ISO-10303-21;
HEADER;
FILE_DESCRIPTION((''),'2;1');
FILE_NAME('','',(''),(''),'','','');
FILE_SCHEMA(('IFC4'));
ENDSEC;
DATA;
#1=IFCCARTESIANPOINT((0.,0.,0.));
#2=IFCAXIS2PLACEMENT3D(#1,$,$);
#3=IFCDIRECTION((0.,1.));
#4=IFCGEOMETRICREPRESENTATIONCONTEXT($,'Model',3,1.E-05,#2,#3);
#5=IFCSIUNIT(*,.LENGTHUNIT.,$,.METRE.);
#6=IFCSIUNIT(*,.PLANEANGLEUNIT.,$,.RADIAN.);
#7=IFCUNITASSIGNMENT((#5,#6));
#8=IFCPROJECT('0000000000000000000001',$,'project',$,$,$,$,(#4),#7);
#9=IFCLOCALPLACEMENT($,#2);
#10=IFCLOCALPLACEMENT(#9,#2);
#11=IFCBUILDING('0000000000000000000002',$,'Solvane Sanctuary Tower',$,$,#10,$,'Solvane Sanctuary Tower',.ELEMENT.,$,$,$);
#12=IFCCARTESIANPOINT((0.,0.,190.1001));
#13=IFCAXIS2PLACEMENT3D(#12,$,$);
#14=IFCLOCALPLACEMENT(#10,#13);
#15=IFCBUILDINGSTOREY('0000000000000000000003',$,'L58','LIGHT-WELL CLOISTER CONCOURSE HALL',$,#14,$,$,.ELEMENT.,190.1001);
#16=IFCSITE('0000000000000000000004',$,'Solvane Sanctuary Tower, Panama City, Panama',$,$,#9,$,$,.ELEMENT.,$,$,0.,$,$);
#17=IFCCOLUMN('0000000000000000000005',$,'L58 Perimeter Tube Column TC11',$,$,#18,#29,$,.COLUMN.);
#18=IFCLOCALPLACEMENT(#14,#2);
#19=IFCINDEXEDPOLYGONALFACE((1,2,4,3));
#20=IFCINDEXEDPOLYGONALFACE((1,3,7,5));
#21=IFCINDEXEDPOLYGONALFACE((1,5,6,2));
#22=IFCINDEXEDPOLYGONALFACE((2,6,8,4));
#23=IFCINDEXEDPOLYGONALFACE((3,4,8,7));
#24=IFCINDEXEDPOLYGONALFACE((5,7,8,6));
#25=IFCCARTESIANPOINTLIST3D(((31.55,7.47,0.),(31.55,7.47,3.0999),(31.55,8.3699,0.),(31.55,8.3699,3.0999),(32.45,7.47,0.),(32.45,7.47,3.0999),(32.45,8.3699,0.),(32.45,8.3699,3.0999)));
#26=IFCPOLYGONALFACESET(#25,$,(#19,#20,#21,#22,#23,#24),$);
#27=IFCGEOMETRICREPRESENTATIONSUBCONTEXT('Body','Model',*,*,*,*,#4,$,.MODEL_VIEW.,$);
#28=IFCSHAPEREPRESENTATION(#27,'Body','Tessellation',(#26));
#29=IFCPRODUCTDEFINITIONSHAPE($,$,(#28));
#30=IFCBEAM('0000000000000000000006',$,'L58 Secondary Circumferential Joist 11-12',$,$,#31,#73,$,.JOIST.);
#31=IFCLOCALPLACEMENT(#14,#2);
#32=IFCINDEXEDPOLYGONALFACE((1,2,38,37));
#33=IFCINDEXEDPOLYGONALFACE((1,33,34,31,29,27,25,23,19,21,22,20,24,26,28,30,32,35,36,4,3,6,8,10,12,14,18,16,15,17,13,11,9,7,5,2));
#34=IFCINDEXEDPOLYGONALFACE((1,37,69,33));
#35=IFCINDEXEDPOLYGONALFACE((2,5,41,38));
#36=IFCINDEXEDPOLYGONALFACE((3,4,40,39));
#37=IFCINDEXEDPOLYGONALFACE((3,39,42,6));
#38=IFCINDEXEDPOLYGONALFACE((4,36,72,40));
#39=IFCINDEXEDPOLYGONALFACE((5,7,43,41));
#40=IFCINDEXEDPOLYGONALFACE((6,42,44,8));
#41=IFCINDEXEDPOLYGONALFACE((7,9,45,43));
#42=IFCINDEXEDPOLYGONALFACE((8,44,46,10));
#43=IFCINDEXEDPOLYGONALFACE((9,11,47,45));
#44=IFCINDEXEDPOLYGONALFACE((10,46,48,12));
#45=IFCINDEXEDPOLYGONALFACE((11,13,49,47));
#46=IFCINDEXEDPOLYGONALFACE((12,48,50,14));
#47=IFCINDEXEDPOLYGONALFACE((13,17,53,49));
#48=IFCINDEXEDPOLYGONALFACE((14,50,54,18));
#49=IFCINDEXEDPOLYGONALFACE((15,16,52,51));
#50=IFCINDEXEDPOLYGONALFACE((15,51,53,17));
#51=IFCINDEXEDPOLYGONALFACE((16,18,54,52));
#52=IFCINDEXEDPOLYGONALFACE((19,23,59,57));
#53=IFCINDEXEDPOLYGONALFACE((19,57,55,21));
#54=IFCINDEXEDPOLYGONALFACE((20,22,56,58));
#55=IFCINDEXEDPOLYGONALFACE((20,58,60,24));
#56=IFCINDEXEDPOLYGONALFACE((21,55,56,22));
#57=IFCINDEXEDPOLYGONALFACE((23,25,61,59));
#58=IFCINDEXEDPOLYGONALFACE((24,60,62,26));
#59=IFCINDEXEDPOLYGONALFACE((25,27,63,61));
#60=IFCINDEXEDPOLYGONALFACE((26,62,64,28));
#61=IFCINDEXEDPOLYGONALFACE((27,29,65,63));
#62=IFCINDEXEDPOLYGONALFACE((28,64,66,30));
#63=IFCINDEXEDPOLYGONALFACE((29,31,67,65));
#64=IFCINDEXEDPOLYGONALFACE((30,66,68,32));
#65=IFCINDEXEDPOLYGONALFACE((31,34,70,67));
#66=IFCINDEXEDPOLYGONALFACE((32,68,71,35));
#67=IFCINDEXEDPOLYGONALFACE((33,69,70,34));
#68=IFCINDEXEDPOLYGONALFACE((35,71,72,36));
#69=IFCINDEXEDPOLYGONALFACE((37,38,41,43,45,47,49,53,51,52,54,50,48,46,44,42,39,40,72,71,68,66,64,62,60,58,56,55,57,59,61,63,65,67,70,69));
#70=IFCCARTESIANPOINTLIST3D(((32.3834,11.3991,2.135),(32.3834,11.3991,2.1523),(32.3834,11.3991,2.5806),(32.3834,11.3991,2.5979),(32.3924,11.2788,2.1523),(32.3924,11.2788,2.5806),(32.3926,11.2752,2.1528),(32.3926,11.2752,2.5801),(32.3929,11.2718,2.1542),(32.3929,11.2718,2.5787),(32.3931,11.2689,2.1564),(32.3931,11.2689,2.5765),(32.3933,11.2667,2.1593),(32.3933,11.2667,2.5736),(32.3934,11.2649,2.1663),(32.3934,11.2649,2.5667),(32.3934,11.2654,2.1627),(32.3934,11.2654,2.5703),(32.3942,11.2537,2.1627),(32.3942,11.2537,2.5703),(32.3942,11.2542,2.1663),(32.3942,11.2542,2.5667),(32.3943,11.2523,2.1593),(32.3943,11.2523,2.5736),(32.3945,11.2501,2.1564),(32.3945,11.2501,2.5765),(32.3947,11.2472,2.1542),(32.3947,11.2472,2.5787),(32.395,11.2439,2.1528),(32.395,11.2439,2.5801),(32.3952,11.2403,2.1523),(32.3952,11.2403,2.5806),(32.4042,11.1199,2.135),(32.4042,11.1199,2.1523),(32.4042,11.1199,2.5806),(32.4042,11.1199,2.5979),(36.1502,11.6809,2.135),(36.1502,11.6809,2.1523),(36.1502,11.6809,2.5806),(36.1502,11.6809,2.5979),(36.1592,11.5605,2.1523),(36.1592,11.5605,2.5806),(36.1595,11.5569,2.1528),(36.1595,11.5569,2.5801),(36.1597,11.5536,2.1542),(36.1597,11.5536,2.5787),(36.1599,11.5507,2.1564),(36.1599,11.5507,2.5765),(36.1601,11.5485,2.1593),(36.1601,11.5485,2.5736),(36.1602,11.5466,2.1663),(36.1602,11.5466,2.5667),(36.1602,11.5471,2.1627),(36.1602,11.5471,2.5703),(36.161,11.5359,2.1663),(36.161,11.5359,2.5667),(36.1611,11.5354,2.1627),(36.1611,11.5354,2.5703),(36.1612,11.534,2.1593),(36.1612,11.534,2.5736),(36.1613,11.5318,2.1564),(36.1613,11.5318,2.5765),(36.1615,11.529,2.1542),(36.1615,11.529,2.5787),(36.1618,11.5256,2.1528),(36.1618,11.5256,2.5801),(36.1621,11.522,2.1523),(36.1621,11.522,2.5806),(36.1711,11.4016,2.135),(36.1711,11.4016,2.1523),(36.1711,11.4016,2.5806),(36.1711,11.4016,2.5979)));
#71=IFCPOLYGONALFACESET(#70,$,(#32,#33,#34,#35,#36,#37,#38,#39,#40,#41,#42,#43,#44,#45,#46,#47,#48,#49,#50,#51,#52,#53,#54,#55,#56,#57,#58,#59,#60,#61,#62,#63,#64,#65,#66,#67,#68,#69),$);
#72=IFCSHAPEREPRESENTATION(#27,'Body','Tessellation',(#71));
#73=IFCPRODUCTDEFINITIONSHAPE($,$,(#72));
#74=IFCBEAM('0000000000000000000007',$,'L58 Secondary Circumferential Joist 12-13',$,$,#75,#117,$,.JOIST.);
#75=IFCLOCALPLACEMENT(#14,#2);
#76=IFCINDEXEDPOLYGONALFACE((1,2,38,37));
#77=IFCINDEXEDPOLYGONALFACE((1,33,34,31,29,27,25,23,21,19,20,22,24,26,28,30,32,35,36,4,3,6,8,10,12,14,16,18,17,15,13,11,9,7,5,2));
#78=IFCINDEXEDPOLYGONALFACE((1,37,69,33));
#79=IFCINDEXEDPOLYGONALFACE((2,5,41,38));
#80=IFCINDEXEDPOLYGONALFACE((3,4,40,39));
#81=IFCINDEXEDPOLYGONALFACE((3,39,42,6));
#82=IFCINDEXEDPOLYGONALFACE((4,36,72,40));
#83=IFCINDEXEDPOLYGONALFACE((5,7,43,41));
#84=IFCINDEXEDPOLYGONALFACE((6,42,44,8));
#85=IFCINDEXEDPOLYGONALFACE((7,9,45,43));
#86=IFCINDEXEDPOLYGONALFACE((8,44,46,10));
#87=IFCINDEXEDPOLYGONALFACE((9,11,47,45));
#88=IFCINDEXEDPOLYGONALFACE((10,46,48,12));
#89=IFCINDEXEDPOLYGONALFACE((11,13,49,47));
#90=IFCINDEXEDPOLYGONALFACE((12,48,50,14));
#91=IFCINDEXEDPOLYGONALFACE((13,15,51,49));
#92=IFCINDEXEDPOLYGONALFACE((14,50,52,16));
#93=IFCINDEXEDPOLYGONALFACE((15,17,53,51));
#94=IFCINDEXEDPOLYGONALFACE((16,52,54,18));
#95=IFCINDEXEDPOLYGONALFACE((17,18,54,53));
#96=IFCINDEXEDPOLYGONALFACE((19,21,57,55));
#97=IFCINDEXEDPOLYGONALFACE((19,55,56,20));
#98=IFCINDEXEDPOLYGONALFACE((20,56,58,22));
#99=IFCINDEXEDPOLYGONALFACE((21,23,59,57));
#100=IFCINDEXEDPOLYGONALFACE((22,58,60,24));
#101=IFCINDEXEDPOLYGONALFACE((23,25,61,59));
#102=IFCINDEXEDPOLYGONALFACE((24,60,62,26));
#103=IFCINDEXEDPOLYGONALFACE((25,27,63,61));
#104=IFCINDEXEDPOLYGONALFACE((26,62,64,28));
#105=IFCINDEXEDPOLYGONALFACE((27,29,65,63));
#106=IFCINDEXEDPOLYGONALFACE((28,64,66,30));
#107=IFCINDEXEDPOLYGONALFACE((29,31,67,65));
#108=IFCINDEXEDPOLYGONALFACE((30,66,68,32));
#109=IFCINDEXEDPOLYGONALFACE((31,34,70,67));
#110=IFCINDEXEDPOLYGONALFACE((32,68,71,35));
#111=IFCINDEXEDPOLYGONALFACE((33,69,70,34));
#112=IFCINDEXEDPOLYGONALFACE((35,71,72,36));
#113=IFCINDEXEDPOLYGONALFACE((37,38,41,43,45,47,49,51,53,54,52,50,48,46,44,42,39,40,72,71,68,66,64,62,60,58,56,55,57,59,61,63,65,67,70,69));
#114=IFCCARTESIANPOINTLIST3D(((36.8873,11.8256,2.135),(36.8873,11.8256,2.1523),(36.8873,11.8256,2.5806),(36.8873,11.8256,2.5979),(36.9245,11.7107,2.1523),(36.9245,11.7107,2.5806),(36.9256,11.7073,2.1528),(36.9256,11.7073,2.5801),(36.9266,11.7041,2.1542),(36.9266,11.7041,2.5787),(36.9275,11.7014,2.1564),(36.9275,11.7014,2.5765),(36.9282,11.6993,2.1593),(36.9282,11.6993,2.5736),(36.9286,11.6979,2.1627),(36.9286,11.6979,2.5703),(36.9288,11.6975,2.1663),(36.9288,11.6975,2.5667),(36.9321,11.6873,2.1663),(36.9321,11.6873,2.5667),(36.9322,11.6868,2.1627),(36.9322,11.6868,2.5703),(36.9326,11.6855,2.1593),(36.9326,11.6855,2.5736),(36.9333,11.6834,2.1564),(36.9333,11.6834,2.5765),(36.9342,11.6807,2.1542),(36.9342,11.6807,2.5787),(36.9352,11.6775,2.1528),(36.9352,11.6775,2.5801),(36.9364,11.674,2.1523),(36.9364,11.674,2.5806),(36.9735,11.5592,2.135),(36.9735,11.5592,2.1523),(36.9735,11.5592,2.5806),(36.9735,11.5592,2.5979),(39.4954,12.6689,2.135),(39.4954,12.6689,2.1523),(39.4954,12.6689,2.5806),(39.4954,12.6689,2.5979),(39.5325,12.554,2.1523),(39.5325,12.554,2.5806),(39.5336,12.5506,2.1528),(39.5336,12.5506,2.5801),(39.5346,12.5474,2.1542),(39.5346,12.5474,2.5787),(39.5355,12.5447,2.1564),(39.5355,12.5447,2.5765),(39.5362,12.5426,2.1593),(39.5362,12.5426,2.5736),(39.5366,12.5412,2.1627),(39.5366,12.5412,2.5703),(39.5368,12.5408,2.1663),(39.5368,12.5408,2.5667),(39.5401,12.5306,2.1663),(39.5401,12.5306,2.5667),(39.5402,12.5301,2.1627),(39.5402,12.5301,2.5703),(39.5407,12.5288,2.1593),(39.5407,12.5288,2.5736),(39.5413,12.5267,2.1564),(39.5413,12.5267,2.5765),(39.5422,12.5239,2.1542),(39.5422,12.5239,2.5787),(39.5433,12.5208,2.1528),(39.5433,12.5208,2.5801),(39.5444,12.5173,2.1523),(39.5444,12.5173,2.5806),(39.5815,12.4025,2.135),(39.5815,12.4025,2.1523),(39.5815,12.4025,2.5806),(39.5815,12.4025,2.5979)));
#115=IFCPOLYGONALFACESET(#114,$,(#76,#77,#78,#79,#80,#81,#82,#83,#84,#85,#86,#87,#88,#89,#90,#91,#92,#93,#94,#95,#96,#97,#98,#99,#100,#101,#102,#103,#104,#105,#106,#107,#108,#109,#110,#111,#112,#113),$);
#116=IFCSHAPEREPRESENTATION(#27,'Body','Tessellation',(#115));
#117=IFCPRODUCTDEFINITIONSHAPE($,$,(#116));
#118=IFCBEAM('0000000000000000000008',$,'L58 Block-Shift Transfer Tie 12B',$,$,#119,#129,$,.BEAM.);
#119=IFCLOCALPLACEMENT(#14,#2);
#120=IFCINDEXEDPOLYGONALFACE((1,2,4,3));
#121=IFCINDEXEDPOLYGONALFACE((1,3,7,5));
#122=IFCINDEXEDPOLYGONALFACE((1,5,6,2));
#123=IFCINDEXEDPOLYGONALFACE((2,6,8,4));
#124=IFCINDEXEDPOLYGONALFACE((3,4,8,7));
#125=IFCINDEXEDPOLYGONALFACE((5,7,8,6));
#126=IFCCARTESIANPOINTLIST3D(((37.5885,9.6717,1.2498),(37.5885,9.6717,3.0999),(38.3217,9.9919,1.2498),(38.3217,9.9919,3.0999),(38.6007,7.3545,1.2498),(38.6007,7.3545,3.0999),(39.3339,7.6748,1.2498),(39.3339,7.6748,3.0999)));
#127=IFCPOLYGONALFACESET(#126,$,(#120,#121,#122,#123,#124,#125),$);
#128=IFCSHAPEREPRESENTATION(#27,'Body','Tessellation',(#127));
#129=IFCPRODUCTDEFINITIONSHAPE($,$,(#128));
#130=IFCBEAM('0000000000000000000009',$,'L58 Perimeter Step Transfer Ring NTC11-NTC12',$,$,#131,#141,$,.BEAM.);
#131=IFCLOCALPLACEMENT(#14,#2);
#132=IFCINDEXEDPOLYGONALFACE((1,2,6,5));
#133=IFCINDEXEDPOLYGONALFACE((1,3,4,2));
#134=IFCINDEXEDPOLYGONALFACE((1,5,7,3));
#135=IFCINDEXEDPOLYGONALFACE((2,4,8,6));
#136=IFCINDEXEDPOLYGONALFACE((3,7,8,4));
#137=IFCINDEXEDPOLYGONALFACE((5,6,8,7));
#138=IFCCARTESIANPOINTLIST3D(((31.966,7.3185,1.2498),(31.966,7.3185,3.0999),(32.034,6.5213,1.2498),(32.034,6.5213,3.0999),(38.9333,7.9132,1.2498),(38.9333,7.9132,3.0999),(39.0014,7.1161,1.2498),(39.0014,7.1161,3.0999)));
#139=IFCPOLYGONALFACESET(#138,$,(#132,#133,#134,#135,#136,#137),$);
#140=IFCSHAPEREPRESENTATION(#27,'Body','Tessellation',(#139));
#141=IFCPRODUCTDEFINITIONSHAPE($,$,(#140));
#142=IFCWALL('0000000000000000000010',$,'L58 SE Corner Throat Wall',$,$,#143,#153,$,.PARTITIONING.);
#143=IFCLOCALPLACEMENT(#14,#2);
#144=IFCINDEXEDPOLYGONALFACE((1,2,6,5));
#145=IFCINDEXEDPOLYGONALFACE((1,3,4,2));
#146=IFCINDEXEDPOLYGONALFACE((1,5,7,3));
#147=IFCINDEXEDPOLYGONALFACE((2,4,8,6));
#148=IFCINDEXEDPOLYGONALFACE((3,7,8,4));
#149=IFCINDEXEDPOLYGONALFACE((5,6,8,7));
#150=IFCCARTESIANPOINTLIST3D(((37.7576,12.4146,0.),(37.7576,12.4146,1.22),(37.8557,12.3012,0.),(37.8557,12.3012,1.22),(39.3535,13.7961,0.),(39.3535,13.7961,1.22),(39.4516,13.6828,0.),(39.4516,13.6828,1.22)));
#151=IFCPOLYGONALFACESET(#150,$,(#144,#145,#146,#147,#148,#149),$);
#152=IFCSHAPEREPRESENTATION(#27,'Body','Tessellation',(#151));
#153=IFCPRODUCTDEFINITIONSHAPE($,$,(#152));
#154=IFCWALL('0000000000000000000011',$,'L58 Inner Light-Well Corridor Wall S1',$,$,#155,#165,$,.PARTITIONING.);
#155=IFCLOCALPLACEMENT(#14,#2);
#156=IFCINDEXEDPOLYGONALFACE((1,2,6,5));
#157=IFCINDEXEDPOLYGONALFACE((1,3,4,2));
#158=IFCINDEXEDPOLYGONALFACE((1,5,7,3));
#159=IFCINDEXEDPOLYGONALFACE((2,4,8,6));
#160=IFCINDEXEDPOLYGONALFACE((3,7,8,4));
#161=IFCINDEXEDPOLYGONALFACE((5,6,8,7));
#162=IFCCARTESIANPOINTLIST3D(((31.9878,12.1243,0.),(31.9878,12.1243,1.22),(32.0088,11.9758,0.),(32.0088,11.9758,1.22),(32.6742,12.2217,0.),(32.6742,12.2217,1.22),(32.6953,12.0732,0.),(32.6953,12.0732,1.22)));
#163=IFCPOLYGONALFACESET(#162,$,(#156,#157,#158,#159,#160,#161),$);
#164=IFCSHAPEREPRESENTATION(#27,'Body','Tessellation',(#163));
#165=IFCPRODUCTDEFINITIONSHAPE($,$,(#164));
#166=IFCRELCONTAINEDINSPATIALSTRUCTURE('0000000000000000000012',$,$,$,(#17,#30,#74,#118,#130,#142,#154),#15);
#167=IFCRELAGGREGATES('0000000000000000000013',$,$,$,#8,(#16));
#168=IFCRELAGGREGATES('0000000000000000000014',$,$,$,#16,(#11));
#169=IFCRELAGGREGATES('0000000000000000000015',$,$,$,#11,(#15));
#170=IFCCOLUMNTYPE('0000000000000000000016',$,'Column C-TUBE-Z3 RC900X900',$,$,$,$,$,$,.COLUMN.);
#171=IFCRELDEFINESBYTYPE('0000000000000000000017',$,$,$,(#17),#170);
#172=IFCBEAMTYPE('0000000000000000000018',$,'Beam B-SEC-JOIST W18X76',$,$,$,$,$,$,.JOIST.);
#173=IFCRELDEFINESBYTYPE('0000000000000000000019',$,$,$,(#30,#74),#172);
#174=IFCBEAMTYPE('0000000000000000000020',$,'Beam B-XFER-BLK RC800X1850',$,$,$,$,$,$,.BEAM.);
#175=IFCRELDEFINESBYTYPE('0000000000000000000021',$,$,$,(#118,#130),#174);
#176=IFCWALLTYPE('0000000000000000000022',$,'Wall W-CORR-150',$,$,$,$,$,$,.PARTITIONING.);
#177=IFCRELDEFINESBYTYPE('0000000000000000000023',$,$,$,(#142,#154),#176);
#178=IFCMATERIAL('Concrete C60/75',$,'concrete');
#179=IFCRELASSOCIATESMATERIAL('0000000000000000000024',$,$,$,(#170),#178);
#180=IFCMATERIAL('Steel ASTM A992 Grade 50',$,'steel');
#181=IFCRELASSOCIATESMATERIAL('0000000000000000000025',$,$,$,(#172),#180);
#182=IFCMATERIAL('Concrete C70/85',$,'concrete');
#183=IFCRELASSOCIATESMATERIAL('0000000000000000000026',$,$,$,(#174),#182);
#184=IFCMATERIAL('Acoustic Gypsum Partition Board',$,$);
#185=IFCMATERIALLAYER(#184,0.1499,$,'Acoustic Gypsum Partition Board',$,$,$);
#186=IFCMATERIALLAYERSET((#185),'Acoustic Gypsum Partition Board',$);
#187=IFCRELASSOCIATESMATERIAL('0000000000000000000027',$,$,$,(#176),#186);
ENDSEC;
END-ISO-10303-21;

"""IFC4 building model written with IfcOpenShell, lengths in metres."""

from ifc_helpers import new_model, si_unit, direction, frame, frame_2d, origin, origin_2d, place, context, subcontext, project, spatial, rectangle, i_section, extrude, material, layer, layer_set, material_profile, profile_set, type_object, element, save


model = new_model("IFC4")

# Units and contexts
model_context = context("Model", 3, precision=1e-05, world=origin(), true_north=direction((0.0, 1.0)))
body_context = subcontext(model_context, "Body", "Model", "MODEL_VIEW")
ifc_project = project(units=[si_unit("LENGTHUNIT", "METRE"), si_unit("PLANEANGLEUNIT", "RADIAN")], contexts=[model_context])

# Site, building, storey
site_placement = place(None, origin())
site = spatial("IfcSite", under=ifc_project, at=site_placement, Name="Solvane Sanctuary Tower, Panama City, Panama", CompositionType="ELEMENT", RefElevation=0.0)
building_placement = place(site_placement, origin())
building = spatial("IfcBuilding", under=site, at=building_placement, Name="Solvane Sanctuary Tower", LongName="Solvane Sanctuary Tower", CompositionType="ELEMENT")
storey_placement = place(building_placement, frame((0.0, 0.0, 190.1001)))
storey = spatial("IfcBuildingStorey", under=building, at=storey_placement, Name="L58", Description="LIGHT-WELL CLOISTER CONCOURSE HALL", CompositionType="ELEMENT", Elevation=190.1001)

# Column
ifc_material_1 = material(Name="Concrete C60/75", Category="concrete")
ifc_material_profile_1 = material_profile(ifc_material_1, rectangle(XDim=0.8999, YDim=0.8999, at=origin_2d()), Name="RC900X900")
ifc_profile_set_1 = profile_set([ifc_material_profile_1], Name="Concrete C60/75")
column_type = type_object("IfcColumnType", Name="Column C-TUBE-Z3 RC900X900", PredefinedType="COLUMN", material=ifc_profile_set_1)
column_placement = place(storey_placement, frame((32.0, 7.9199, 0.0), z_axis=(0.0, 0.0, 1.0), x_axis=(0.0, -1.0, 0.0)))
element("IfcColumn", 1, at=column_placement, inside=storey, type_object=column_type, Name="L58 Perimeter Tube Column TC11", PredefinedType="COLUMN", context=body_context, shape_type="SweptSolid", body=[
    extrude(rectangle(XDim=0.8999, YDim=0.8999, at=origin_2d()), origin(), (0.0, 0.0, 1.0), 3.0999),
])

# Beams
ifc_material_2 = material(Name="Steel ASTM A992 Grade 50", Category="steel")
ifc_material_profile_2 = material_profile(ifc_material_2, i_section(OverallWidth=0.28, OverallDepth=0.4629, WebThickness=0.0107, FlangeThickness=0.0173, FilletRadius=0.0139, at=origin_2d()), Name="W18X76")
ifc_profile_set_2 = profile_set([ifc_material_profile_2], Name="Steel ASTM A992 Grade 50")
beam_type_1 = type_object("IfcBeamType", Name="Beam B-SEC-JOIST W18X76", PredefinedType="JOIST", material=ifc_profile_set_2)
beam_1_placement = place(storey_placement, frame((32.3938, 11.2595, 2.3665), z_axis=(0.997215, 0.074586, 0.0), x_axis=(-0.074586, 0.997215, 0.0)))
element("IfcBeam", 2, at=beam_1_placement, inside=storey, type_object=beam_type_1, Name="L58 Secondary Circumferential Joist 11-12", PredefinedType="JOIST", context=body_context, shape_type="SweptSolid", body=[
    extrude(i_section(OverallWidth=0.28, OverallDepth=0.4629, WebThickness=0.0107, FlangeThickness=0.0173, FilletRadius=0.0139, at=origin_2d()), origin(), (0.0, 0.0, 1.0), 3.7773),
])
beam_2_placement = place(storey_placement, frame((36.9304, 11.6924, 2.3665), z_axis=(0.951495, 0.307664, 0.0), x_axis=(-0.307664, 0.951495, 0.0)))
element("IfcBeam", 3, at=beam_2_placement, inside=storey, type_object=beam_type_1, Name="L58 Secondary Circumferential Joist 12-13", PredefinedType="JOIST", context=body_context, shape_type="SweptSolid", body=[
    extrude(i_section(OverallWidth=0.28, OverallDepth=0.4629, WebThickness=0.0107, FlangeThickness=0.0173, FilletRadius=0.0139, at=origin_2d()), origin(), (0.0, 0.0, 1.0), 2.741),
])
ifc_material_3 = material(Name="Concrete C70/85", Category="concrete")
ifc_material_profile_3 = material_profile(ifc_material_3, rectangle(XDim=0.8, YDim=1.8501, at=origin_2d()), Name="RC800X1850")
ifc_profile_set_3 = profile_set([ifc_material_profile_3], Name="Concrete C70/85")
beam_type_2 = type_object("IfcBeamType", Name="Beam B-XFER-BLK RC800X1850", PredefinedType="BEAM", material=ifc_profile_set_3)
beam_3_placement = place(storey_placement, frame((37.9551, 9.8318, 2.1748), z_axis=(0.400307, -0.916381, 0.0), x_axis=(0.916381, 0.400307, 0.0)))
element("IfcBeam", 4, at=beam_3_placement, inside=storey, type_object=beam_type_2, Name="L58 Block-Shift Transfer Tie 12B", PredefinedType="BEAM", context=body_context, shape_type="SweptSolid", body=[
    extrude(rectangle(XDim=0.8, YDim=1.8501, at=origin_2d()), origin(), (0.0, 0.0, 1.0), 2.5286),
])
beam_4_placement = place(storey_placement, frame((32.0, 6.9199, 2.1748), z_axis=(0.996377, 0.085051, 0.0), x_axis=(-0.085051, 0.996377, 0.0)))
element("IfcBeam", 5, at=beam_4_placement, inside=storey, type_object=beam_type_2, Name="L58 Perimeter Step Transfer Ring NTC11-NTC12", PredefinedType="BEAM", context=body_context, shape_type="SweptSolid", body=[
    extrude(rectangle(XDim=0.8, YDim=1.8501, at=origin_2d()), origin(), (0.0, 0.0, 1.0), 6.9927),
])

# Walls
ifc_material_4 = material(Name="Acoustic Gypsum Partition Board")
ifc_layer_1 = layer(ifc_material_4, 0.1499, Name="Acoustic Gypsum Partition Board")
ifc_layer_set_1 = layer_set([ifc_layer_1], Name="Acoustic Gypsum Partition Board")
wall_type_1 = type_object("IfcWallType", Name="Wall W-CORR-150", PredefinedType="PARTITIONING", material=ifc_layer_set_1)
wall_1_placement = place(storey_placement, frame((37.8066, 12.3579, 0.0), z_axis=(0.0, 0.0, 1.0), x_axis=(0.756055, 0.654508, 0.0)))
element("IfcWall", 6, at=wall_1_placement, inside=storey, type_object=wall_type_1, Name="L58 SE Corner Throat Wall", PredefinedType="PARTITIONING", context=body_context, shape_type="SweptSolid", body=[
    extrude(rectangle(XDim=2.1108, YDim=0.1499, at=frame_2d((1.0554, 0.0))), origin(), (0.0, 0.0, 1.0), 1.22),
])
wall_2_placement = place(storey_placement, frame((31.9983, 12.05, 0.0), z_axis=(0.0, 0.0, 1.0), x_axis=(0.990083, 0.140485, 0.0)))
element("IfcWall", 7, at=wall_2_placement, inside=storey, type_object=wall_type_1, Name="L58 Inner Light-Well Corridor Wall S1", PredefinedType="PARTITIONING", context=body_context, shape_type="SweptSolid", body=[
    extrude(rectangle(XDim=0.6934, YDim=0.1499, at=frame_2d((0.3467, 0.0))), origin(), (0.0, 0.0, 1.0), 1.22),
])

save(model, "model.ifc")
